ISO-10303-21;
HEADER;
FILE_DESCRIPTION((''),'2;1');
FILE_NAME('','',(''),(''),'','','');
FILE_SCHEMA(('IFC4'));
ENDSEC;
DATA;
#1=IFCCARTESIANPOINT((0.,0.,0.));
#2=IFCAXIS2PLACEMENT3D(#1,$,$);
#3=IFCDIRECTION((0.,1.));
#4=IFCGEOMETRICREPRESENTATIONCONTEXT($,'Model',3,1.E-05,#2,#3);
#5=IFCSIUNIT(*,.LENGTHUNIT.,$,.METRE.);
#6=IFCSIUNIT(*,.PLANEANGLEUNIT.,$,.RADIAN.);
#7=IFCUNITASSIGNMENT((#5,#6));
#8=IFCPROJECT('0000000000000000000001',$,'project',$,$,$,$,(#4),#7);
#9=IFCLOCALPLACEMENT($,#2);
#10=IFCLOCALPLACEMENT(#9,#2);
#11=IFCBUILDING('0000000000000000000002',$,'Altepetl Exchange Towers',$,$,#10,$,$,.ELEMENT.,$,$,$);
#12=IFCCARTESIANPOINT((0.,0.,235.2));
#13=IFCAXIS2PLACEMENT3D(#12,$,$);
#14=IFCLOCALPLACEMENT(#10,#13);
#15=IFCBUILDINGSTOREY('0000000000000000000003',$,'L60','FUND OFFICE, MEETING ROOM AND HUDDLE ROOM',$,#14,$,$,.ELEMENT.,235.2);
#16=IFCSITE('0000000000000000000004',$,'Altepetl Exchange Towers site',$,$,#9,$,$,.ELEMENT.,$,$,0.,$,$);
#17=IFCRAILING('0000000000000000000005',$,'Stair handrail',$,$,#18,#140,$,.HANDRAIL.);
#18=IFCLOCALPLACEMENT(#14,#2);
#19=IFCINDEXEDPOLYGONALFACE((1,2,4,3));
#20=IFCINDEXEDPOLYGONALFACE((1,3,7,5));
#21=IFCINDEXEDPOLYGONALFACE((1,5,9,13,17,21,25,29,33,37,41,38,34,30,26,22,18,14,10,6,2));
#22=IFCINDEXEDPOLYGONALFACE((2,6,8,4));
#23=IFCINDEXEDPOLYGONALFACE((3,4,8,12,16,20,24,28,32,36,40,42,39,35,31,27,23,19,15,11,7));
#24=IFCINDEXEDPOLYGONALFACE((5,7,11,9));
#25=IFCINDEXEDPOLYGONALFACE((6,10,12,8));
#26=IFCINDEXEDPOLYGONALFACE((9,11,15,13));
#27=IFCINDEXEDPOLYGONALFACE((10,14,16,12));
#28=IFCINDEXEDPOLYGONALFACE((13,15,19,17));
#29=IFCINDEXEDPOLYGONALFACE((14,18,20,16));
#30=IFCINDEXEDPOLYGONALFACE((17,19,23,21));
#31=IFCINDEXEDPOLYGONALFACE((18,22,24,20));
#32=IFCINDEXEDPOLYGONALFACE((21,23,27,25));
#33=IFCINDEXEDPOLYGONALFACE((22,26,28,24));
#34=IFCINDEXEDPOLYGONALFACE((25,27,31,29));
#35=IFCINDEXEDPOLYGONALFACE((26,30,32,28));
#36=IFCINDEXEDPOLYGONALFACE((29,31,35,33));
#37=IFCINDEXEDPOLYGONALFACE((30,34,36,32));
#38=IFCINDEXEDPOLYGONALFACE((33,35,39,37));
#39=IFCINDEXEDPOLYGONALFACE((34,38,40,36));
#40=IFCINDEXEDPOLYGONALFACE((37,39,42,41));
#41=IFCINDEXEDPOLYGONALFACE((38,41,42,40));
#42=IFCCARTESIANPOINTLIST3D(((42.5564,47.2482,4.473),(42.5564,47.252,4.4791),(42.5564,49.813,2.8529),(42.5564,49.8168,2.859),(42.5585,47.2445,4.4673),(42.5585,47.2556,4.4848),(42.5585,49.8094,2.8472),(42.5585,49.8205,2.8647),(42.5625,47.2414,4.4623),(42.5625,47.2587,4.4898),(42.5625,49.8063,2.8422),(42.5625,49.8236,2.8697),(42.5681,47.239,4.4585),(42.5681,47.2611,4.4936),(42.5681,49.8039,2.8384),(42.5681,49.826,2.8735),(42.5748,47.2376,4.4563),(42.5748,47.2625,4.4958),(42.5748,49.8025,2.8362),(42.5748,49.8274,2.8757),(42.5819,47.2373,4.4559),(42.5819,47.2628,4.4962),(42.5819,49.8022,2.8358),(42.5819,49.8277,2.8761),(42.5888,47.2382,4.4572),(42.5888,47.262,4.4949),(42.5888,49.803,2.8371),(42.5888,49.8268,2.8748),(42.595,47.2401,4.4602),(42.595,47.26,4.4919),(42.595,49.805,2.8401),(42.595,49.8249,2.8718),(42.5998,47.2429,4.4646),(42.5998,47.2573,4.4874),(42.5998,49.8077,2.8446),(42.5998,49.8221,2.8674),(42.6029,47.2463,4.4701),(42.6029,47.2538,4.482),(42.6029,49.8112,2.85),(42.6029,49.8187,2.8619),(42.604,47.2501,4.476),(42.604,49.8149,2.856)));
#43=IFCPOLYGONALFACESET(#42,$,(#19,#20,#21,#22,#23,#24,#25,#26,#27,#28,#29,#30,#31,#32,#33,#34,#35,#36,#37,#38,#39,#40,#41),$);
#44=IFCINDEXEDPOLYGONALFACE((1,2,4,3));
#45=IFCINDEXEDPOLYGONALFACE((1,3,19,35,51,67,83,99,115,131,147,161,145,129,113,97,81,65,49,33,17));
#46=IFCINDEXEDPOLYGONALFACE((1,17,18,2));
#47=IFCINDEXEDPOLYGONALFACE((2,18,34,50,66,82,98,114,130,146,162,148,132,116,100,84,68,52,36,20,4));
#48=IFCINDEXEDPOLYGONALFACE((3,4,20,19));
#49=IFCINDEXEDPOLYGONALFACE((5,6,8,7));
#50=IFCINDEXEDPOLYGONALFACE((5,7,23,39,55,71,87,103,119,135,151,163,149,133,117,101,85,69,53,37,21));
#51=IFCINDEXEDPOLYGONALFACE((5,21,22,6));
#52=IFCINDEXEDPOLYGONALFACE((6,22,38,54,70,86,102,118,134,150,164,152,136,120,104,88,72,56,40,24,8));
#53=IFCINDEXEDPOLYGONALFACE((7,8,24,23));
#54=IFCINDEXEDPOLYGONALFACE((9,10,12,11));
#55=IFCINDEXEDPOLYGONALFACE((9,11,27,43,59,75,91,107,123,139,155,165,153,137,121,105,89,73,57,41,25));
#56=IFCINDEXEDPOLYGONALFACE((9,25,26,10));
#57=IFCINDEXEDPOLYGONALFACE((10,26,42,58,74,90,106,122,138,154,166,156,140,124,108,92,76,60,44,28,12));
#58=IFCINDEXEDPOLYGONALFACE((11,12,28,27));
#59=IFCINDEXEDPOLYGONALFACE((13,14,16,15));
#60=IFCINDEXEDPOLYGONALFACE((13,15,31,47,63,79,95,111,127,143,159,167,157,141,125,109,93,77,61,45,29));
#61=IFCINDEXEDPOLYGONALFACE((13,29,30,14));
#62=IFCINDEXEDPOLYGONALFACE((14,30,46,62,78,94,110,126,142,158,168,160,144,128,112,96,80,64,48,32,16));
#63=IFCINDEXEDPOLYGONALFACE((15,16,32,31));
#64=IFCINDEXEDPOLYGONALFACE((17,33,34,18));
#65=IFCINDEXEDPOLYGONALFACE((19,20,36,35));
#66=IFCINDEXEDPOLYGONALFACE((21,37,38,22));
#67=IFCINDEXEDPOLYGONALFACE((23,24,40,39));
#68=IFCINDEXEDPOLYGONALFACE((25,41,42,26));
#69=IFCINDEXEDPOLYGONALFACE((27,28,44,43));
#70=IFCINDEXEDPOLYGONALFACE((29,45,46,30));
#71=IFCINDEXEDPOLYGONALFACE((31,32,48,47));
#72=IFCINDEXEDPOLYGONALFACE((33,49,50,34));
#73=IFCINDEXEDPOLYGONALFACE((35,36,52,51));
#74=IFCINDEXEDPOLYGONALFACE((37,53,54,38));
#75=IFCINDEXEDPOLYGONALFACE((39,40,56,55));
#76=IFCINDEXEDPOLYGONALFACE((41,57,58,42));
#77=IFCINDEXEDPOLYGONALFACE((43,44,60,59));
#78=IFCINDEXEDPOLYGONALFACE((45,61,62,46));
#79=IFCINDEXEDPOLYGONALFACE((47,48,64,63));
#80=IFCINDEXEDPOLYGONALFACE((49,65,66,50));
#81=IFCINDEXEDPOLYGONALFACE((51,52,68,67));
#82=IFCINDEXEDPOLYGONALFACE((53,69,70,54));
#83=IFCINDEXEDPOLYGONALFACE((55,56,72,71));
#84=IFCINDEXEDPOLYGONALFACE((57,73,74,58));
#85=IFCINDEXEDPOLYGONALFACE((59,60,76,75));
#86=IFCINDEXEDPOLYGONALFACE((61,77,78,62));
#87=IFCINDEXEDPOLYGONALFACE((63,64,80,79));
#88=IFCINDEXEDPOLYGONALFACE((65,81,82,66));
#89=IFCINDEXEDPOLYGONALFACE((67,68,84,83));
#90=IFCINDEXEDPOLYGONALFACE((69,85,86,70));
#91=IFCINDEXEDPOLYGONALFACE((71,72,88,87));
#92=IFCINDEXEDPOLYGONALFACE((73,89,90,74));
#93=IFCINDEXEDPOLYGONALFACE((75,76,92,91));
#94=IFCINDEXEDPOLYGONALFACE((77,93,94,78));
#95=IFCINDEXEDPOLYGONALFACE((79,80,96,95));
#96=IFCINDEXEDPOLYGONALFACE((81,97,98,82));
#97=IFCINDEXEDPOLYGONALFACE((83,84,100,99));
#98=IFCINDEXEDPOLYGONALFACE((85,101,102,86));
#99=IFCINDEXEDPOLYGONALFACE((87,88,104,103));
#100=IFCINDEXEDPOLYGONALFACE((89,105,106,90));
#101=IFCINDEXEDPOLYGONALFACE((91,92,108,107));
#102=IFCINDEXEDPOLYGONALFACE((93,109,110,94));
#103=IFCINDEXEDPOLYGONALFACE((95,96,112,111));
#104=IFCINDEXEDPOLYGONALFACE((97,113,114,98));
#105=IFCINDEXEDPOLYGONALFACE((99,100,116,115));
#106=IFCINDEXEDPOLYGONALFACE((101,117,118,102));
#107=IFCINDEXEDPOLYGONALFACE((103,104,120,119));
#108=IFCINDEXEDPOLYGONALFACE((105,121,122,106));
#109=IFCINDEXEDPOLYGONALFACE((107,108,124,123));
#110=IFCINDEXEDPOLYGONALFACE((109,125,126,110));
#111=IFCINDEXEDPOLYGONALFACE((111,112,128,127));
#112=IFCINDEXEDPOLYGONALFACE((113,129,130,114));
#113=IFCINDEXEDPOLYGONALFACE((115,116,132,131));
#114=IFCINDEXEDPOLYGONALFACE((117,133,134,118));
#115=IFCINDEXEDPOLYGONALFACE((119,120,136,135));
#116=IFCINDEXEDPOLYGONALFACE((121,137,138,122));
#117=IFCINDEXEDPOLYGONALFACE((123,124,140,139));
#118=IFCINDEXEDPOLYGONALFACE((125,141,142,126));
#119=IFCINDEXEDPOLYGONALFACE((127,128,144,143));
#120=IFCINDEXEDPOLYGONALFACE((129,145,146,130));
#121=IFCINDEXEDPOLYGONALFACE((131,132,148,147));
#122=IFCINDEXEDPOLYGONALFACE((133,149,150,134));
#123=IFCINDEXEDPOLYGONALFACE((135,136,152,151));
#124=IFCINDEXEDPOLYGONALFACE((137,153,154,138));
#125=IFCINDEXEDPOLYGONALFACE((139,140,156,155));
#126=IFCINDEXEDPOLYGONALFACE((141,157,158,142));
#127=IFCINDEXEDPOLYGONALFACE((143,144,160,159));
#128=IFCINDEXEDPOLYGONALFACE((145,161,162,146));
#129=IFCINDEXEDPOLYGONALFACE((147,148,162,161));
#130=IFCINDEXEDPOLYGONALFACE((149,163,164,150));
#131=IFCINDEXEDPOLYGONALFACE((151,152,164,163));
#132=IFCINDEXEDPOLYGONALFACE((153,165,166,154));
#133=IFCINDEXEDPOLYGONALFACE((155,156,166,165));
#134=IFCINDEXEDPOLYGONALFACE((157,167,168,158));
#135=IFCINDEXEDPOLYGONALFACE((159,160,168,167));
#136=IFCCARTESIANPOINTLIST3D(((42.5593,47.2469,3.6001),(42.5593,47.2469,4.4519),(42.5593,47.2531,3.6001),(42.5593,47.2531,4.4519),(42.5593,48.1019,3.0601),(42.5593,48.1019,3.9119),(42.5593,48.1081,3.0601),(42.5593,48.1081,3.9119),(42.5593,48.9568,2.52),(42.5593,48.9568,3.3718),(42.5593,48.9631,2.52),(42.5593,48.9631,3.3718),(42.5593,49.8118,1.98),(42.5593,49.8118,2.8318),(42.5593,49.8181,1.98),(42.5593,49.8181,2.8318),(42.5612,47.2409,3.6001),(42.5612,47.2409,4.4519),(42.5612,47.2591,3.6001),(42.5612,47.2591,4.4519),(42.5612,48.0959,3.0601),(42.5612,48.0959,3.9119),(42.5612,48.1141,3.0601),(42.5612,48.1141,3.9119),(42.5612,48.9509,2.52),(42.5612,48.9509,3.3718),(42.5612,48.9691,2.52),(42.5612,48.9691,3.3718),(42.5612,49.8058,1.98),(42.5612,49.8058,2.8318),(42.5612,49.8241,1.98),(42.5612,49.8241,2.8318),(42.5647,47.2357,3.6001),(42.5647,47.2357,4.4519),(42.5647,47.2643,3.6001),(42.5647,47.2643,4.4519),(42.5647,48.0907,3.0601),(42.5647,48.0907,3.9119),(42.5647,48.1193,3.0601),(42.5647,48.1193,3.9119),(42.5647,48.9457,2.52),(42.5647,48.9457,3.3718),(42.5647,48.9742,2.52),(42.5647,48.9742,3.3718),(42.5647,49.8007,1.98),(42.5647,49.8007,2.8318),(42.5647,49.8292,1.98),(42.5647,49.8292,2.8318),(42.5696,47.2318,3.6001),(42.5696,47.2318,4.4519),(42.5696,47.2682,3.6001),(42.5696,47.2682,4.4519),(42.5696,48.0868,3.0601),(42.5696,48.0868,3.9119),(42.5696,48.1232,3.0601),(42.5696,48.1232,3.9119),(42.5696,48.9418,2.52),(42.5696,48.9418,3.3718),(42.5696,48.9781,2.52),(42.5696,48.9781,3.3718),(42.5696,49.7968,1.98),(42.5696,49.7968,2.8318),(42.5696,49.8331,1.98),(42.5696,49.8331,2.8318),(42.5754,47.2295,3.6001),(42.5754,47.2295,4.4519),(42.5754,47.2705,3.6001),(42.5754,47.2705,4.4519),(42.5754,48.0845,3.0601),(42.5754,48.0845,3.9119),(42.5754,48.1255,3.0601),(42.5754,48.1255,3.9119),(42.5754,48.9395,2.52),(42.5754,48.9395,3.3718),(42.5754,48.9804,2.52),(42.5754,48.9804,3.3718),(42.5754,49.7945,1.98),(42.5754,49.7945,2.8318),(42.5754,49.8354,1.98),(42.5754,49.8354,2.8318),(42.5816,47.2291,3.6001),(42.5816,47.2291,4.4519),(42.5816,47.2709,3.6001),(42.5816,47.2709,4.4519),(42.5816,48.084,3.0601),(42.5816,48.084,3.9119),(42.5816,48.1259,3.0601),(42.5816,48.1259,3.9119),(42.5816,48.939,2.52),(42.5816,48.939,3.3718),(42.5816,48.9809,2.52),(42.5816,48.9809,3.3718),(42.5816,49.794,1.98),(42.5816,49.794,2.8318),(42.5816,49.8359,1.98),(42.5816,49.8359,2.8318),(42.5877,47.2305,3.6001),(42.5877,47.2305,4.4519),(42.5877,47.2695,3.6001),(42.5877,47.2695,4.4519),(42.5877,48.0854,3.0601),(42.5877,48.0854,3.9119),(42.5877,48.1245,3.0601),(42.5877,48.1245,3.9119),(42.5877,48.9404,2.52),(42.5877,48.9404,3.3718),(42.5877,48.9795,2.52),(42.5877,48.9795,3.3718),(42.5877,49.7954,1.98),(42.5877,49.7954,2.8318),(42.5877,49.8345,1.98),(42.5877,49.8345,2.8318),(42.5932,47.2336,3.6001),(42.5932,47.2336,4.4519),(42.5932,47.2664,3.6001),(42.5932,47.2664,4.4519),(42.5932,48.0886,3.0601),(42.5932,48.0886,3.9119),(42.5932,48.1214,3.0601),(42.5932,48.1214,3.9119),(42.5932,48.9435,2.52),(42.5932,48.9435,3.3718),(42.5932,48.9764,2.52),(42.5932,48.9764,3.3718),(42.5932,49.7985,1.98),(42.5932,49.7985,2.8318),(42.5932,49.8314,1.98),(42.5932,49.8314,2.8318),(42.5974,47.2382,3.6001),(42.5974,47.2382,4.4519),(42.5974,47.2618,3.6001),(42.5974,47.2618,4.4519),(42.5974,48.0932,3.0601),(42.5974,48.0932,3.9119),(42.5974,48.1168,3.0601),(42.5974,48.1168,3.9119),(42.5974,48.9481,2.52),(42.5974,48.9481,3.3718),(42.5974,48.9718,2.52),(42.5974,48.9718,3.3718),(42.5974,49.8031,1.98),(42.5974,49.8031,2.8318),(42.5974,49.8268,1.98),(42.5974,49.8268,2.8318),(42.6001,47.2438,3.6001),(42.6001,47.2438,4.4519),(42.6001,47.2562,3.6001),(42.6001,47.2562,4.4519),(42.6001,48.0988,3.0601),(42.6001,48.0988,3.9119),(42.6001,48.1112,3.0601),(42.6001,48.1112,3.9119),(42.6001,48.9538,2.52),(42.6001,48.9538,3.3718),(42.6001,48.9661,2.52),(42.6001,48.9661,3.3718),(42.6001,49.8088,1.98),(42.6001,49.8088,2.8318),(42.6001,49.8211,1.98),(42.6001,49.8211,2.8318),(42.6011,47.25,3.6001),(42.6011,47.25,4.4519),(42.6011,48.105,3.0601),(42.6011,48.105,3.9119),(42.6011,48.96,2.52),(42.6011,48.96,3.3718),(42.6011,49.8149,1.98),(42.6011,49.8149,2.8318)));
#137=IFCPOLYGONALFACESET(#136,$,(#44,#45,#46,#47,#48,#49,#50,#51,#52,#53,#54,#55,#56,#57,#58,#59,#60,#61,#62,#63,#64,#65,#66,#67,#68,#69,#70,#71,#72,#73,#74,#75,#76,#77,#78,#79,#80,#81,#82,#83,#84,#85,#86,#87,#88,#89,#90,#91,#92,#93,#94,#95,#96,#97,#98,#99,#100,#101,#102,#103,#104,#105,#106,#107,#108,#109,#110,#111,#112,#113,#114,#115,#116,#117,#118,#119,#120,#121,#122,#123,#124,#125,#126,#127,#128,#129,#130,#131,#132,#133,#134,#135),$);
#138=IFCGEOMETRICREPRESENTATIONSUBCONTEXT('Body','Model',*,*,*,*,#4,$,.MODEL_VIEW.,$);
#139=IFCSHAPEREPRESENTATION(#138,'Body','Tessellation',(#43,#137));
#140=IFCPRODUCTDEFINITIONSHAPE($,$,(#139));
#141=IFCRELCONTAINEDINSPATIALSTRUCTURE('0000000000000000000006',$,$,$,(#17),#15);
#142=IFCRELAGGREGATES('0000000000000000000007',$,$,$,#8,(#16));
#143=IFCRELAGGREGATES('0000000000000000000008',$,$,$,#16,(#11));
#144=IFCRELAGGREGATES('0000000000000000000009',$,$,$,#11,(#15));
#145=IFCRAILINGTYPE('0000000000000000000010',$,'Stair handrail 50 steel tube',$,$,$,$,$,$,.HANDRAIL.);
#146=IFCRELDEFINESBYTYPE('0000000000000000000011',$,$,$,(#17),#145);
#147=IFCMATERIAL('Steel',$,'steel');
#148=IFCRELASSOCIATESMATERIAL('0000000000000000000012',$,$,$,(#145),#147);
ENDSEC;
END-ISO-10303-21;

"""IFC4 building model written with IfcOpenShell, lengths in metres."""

from ifc_helpers import new_model, si_unit, direction, frame, origin, origin_2d, place, context, subcontext, project, spatial, circle, extrude, source, transform, mapped, material, type_object, element, save


model = new_model("IFC4")

# Units and contexts
model_context = context("Model", 3, precision=1e-05, world=origin(), true_north=direction((0.0, 1.0)))
body_context = subcontext(model_context, "Body", "Model", "MODEL_VIEW")
ifc_project = project(units=[si_unit("LENGTHUNIT", "METRE"), si_unit("PLANEANGLEUNIT", "RADIAN")], contexts=[model_context])

# Site, building, storey
site_placement = place(None, origin())
site = spatial("IfcSite", under=ifc_project, at=site_placement, Name="Altepetl Exchange Towers site", CompositionType="ELEMENT", RefElevation=0.0)
building_placement = place(site_placement, origin())
building = spatial("IfcBuilding", under=site, at=building_placement, Name="Altepetl Exchange Towers", CompositionType="ELEMENT")
storey_placement = place(building_placement, frame((0.0, 0.0, 235.2)))
storey = spatial("IfcBuildingStorey", under=building, at=storey_placement, Name="L60", Description="FUND OFFICE, MEETING ROOM AND HUDDLE ROOM", CompositionType="ELEMENT", Elevation=235.2)

# Railing
ifc_material_1 = material(Name="Steel", Category="steel")
railing_type = type_object("IfcRailingType", Name="Stair handrail 50 steel tube", PredefinedType="HANDRAIL", material=ifc_material_1)
shared_shape = source(origin(), body_context, "Body", "SweptSolid", [
    extrude(circle(Radius=0.021, at=origin_2d()), origin(), (0.0, 0.0, 1.0), 0.8518),
])
railing_1_placement = place(storey_placement, frame((42.5801, 49.8149, 1.98)))
element("IfcRailing", 1, at=railing_1_placement, inside=storey, type_object=railing_type, Name="Stair handrail", PredefinedType="HANDRAIL", context=body_context, shape_type="SweptSolid", body=[
    extrude(circle(Radius=0.0239, at=origin_2d()), frame((0.0, 0.0, 0.876), z_axis=(0.0, -0.845466, 0.534029), x_axis=(1.0, 0.0, 0.0)), (0.0, 0.0, 1.0), 3.0337),
    mapped(shared_shape, transform((0.0, 0.0, 0.0))),
    mapped(shared_shape, transform((0.0, -0.855, 0.54))),
    mapped(shared_shape, transform((0.0, -1.71, 1.0801))),
    mapped(shared_shape, transform((0.0, -2.5649, 1.6201))),
])

save(model, "model.ifc")
